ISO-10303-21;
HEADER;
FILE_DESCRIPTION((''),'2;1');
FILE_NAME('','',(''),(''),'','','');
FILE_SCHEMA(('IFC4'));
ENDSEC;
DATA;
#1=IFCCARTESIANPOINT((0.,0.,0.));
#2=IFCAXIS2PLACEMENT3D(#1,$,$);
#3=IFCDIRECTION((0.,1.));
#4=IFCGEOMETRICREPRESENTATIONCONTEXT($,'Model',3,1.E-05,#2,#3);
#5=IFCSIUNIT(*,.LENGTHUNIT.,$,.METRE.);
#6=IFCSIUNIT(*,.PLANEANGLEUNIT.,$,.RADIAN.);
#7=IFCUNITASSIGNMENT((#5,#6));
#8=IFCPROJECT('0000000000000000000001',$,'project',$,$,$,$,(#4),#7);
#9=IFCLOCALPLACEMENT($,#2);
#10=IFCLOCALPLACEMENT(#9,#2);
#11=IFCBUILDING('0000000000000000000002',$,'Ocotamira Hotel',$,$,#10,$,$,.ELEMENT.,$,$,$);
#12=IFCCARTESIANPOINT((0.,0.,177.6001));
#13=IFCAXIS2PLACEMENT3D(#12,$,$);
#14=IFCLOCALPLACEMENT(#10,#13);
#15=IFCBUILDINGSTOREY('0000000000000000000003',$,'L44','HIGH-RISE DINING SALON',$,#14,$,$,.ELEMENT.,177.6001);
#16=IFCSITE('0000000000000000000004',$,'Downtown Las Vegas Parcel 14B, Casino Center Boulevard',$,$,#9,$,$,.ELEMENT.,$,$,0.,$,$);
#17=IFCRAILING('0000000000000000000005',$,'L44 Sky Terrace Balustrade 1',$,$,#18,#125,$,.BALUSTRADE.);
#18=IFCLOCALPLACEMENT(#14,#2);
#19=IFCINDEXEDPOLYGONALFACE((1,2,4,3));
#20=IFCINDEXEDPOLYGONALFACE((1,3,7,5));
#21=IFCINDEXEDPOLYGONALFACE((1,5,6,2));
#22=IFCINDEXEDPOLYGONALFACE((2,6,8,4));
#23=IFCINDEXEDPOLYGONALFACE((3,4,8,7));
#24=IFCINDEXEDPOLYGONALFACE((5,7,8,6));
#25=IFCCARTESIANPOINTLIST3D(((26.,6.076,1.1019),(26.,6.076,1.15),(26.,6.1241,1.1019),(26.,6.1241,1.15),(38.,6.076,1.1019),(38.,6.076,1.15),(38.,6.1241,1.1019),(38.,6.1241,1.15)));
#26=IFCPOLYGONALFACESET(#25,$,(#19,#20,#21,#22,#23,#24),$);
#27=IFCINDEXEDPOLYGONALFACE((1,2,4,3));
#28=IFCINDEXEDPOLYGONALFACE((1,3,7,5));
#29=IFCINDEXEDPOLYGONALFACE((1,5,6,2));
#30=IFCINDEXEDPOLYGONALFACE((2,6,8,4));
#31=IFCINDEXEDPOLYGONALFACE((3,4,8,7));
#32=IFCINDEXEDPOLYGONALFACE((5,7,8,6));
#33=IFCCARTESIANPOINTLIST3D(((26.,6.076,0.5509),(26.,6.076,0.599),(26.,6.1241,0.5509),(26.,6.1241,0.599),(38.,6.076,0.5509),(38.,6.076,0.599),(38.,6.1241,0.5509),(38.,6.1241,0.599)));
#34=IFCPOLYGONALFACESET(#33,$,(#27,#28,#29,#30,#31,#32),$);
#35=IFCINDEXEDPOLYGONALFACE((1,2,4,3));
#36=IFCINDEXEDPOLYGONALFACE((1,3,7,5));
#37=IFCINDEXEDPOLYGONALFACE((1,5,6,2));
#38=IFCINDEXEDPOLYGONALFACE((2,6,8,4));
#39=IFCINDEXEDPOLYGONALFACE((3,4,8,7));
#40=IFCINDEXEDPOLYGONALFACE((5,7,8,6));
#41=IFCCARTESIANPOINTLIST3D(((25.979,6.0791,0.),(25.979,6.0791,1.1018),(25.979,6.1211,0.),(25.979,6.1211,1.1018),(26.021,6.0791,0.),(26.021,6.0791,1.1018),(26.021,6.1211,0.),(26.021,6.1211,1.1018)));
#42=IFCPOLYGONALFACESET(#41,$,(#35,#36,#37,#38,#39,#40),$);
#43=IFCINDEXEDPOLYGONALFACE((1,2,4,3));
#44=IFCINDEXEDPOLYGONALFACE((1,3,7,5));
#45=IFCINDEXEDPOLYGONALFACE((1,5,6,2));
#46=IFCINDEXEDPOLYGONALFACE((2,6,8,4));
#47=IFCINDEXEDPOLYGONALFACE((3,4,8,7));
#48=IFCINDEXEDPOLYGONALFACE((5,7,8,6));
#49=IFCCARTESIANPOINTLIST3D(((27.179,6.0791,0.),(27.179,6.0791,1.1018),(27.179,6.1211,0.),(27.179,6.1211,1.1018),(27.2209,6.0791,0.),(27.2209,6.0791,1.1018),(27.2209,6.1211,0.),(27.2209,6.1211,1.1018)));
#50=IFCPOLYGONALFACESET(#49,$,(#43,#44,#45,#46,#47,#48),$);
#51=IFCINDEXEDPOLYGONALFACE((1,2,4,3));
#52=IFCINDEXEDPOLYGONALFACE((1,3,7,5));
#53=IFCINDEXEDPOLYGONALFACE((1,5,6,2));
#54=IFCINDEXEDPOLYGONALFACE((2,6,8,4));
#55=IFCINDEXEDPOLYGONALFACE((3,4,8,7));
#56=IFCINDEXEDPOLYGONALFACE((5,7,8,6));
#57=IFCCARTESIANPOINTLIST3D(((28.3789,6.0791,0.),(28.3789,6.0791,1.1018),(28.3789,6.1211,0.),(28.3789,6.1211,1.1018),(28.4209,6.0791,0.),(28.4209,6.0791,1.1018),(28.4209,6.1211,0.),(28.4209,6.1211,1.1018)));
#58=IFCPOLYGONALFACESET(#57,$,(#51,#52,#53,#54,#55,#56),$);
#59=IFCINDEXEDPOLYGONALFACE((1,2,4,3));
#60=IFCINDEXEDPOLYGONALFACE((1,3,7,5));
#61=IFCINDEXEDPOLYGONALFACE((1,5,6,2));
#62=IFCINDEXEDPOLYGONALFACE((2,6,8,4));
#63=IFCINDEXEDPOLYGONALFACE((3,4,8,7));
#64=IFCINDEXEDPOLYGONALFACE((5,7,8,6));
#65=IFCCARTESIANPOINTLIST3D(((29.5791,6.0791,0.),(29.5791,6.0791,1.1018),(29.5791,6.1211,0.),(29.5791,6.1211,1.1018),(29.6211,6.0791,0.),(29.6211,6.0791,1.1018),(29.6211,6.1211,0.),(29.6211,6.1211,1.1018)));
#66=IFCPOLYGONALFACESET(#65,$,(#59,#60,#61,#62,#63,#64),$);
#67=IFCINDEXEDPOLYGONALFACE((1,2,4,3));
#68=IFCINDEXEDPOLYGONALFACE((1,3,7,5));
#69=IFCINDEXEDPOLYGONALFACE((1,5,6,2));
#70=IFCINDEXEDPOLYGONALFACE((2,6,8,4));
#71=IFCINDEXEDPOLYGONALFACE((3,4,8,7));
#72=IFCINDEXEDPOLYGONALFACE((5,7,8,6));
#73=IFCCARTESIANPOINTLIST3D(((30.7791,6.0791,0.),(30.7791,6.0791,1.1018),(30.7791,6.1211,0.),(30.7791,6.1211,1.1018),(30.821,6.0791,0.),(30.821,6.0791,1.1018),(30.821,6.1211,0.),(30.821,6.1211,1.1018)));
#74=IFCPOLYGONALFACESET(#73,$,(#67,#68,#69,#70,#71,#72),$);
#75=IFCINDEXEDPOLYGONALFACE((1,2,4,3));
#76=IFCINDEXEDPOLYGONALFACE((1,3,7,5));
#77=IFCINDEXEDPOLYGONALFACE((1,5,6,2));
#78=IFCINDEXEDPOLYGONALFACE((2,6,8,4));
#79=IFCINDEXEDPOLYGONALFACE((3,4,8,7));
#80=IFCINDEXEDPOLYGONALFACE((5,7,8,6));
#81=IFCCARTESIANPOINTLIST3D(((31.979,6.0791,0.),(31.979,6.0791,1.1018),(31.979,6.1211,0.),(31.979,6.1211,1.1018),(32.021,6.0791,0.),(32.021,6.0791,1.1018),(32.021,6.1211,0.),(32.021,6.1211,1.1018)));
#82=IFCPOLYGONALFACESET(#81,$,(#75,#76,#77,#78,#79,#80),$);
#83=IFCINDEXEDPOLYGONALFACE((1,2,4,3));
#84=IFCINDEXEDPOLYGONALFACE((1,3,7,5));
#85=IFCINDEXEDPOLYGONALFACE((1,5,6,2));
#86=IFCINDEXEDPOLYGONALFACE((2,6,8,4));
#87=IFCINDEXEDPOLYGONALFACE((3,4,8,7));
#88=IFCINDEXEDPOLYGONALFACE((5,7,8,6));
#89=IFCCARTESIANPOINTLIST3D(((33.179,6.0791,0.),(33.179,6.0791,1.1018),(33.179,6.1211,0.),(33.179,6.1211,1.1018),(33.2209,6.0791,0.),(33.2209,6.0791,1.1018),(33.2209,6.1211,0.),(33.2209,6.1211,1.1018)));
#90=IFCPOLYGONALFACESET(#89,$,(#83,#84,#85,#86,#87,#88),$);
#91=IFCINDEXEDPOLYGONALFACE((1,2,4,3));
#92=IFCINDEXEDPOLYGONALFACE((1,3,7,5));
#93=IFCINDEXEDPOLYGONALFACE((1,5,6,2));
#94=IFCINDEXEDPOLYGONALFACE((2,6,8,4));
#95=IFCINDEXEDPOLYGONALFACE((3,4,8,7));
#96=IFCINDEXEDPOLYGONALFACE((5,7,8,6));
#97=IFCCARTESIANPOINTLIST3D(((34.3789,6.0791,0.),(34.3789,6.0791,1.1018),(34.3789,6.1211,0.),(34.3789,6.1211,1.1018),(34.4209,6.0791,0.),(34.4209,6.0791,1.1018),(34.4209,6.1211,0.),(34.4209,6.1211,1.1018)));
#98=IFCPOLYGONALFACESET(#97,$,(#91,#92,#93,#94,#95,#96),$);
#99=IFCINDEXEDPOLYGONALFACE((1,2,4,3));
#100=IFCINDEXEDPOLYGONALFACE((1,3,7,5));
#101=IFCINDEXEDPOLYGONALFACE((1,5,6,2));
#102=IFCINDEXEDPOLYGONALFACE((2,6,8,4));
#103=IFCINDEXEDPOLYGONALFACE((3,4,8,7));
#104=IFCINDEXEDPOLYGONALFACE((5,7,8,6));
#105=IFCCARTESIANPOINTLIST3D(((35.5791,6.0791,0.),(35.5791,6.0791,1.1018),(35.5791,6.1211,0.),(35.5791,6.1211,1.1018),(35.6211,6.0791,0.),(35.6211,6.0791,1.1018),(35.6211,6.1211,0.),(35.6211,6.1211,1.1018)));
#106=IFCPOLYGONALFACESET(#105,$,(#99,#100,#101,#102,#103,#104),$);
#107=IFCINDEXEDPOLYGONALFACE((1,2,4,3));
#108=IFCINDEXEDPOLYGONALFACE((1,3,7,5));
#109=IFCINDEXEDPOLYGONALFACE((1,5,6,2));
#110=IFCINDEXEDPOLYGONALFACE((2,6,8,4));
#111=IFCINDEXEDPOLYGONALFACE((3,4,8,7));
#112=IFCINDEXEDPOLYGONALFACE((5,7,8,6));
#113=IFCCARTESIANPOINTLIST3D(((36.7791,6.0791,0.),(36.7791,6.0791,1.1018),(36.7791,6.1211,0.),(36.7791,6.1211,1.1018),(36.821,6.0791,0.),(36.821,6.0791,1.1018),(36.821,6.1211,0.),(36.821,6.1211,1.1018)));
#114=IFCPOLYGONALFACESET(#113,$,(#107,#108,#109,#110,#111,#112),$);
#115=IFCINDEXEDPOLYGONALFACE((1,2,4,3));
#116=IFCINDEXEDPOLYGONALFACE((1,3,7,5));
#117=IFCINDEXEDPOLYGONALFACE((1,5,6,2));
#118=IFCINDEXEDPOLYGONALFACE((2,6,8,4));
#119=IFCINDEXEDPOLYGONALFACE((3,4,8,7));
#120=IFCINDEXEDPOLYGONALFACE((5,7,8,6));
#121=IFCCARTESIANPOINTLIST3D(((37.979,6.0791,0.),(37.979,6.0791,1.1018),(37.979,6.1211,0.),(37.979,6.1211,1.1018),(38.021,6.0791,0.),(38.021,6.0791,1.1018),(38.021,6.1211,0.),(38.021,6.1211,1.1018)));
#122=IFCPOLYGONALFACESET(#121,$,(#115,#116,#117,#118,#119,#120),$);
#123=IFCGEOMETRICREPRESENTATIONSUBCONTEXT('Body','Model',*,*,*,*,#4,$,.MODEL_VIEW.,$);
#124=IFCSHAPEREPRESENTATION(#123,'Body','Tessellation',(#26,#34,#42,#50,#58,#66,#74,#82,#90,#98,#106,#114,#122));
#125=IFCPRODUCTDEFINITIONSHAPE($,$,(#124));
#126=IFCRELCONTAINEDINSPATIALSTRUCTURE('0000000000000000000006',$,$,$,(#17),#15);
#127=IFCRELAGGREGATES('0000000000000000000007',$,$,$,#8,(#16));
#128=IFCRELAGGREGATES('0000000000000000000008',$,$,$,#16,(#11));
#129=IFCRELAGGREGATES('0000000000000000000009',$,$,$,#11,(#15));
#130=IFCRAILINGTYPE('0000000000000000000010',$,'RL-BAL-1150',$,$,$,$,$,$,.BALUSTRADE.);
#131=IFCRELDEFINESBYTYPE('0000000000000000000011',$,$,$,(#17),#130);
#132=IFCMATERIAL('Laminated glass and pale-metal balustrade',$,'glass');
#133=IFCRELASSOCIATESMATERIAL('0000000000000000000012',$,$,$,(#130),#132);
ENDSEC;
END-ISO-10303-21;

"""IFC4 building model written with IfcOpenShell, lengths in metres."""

from ifc_helpers import new_model, si_unit, direction, frame, origin, origin_2d, place, context, subcontext, project, spatial, rectangle, extrude, material, type_object, element, save


model = new_model("IFC4")

# Units and contexts
model_context = context("Model", 3, precision=1e-05, world=origin(), true_north=direction((0.0, 1.0)))
body_context = subcontext(model_context, "Body", "Model", "MODEL_VIEW")
ifc_project = project(units=[si_unit("LENGTHUNIT", "METRE"), si_unit("PLANEANGLEUNIT", "RADIAN")], contexts=[model_context])

# Site, building, storey
site_placement = place(None, origin())
site = spatial("IfcSite", under=ifc_project, at=site_placement, Name="Downtown Las Vegas Parcel 14B, Casino Center Boulevard", CompositionType="ELEMENT", RefElevation=0.0)
building_placement = place(site_placement, origin())
building = spatial("IfcBuilding", under=site, at=building_placement, Name="Ocotamira Hotel", CompositionType="ELEMENT")
storey_placement = place(building_placement, frame((0.0, 0.0, 177.6001)))
storey = spatial("IfcBuildingStorey", under=building, at=storey_placement, Name="L44", Description="HIGH-RISE DINING SALON", CompositionType="ELEMENT", Elevation=177.6001)

# Railing
ifc_material_1 = material(Name="Laminated glass and pale-metal balustrade", Category="glass")
railing_type = type_object("IfcRailingType", Name="RL-BAL-1150", PredefinedType="BALUSTRADE", material=ifc_material_1)
railing_placement = place(storey_placement, frame((26.0, 6.1001, 0.0)))
element("IfcRailing", 1, at=railing_placement, inside=storey, type_object=railing_type, Name="L44 Sky Terrace Balustrade 1", PredefinedType="BALUSTRADE", context=body_context, shape_type="SweptSolid", body=[
    extrude(rectangle(XDim=0.0481, YDim=0.0481, at=origin_2d()), frame((0.0, 0.0, 1.126), z_axis=(1.0, 0.0, 0.0), x_axis=(0.0, 1.0, 0.0)), (0.0, 0.0, 1.0), 12.0),
    extrude(rectangle(XDim=0.0481, YDim=0.0481, at=origin_2d()), frame((0.0, 0.0, 0.575), z_axis=(1.0, 0.0, 0.0), x_axis=(0.0, 1.0, 0.0)), (0.0, 0.0, 1.0), 12.0),
    extrude(rectangle(XDim=0.042, YDim=0.042, at=origin_2d()), origin(), (0.0, 0.0, 1.0), 1.1018),
    extrude(rectangle(XDim=0.042, YDim=0.042, at=origin_2d()), frame((1.2, 0.0, 0.0)), (0.0, 0.0, 1.0), 1.1018),
    extrude(rectangle(XDim=0.042, YDim=0.042, at=origin_2d()), frame((2.3999, 0.0, 0.0)), (0.0, 0.0, 1.0), 1.1018),
    extrude(rectangle(XDim=0.042, YDim=0.042, at=origin_2d()), frame((3.6001, 0.0, 0.0)), (0.0, 0.0, 1.0), 1.1018),
    extrude(rectangle(XDim=0.042, YDim=0.042, at=origin_2d()), frame((4.8, 0.0, 0.0)), (0.0, 0.0, 1.0), 1.1018),
    extrude(rectangle(XDim=0.042, YDim=0.042, at=origin_2d()), frame((6.0, 0.0, 0.0)), (0.0, 0.0, 1.0), 1.1018),
    extrude(rectangle(XDim=0.042, YDim=0.042, at=origin_2d()), frame((7.2, 0.0, 0.0)), (0.0, 0.0, 1.0), 1.1018),
    extrude(rectangle(XDim=0.042, YDim=0.042, at=origin_2d()), frame((8.3999, 0.0, 0.0)), (0.0, 0.0, 1.0), 1.1018),
    extrude(rectangle(XDim=0.042, YDim=0.042, at=origin_2d()), frame((9.6001, 0.0, 0.0)), (0.0, 0.0, 1.0), 1.1018),
    extrude(rectangle(XDim=0.042, YDim=0.042, at=origin_2d()), frame((10.8, 0.0, 0.0)), (0.0, 0.0, 1.0), 1.1018),
    extrude(rectangle(XDim=0.042, YDim=0.042, at=origin_2d()), frame((12.0, 0.0, 0.0)), (0.0, 0.0, 1.0), 1.1018),
])

save(model, "model.ifc")
